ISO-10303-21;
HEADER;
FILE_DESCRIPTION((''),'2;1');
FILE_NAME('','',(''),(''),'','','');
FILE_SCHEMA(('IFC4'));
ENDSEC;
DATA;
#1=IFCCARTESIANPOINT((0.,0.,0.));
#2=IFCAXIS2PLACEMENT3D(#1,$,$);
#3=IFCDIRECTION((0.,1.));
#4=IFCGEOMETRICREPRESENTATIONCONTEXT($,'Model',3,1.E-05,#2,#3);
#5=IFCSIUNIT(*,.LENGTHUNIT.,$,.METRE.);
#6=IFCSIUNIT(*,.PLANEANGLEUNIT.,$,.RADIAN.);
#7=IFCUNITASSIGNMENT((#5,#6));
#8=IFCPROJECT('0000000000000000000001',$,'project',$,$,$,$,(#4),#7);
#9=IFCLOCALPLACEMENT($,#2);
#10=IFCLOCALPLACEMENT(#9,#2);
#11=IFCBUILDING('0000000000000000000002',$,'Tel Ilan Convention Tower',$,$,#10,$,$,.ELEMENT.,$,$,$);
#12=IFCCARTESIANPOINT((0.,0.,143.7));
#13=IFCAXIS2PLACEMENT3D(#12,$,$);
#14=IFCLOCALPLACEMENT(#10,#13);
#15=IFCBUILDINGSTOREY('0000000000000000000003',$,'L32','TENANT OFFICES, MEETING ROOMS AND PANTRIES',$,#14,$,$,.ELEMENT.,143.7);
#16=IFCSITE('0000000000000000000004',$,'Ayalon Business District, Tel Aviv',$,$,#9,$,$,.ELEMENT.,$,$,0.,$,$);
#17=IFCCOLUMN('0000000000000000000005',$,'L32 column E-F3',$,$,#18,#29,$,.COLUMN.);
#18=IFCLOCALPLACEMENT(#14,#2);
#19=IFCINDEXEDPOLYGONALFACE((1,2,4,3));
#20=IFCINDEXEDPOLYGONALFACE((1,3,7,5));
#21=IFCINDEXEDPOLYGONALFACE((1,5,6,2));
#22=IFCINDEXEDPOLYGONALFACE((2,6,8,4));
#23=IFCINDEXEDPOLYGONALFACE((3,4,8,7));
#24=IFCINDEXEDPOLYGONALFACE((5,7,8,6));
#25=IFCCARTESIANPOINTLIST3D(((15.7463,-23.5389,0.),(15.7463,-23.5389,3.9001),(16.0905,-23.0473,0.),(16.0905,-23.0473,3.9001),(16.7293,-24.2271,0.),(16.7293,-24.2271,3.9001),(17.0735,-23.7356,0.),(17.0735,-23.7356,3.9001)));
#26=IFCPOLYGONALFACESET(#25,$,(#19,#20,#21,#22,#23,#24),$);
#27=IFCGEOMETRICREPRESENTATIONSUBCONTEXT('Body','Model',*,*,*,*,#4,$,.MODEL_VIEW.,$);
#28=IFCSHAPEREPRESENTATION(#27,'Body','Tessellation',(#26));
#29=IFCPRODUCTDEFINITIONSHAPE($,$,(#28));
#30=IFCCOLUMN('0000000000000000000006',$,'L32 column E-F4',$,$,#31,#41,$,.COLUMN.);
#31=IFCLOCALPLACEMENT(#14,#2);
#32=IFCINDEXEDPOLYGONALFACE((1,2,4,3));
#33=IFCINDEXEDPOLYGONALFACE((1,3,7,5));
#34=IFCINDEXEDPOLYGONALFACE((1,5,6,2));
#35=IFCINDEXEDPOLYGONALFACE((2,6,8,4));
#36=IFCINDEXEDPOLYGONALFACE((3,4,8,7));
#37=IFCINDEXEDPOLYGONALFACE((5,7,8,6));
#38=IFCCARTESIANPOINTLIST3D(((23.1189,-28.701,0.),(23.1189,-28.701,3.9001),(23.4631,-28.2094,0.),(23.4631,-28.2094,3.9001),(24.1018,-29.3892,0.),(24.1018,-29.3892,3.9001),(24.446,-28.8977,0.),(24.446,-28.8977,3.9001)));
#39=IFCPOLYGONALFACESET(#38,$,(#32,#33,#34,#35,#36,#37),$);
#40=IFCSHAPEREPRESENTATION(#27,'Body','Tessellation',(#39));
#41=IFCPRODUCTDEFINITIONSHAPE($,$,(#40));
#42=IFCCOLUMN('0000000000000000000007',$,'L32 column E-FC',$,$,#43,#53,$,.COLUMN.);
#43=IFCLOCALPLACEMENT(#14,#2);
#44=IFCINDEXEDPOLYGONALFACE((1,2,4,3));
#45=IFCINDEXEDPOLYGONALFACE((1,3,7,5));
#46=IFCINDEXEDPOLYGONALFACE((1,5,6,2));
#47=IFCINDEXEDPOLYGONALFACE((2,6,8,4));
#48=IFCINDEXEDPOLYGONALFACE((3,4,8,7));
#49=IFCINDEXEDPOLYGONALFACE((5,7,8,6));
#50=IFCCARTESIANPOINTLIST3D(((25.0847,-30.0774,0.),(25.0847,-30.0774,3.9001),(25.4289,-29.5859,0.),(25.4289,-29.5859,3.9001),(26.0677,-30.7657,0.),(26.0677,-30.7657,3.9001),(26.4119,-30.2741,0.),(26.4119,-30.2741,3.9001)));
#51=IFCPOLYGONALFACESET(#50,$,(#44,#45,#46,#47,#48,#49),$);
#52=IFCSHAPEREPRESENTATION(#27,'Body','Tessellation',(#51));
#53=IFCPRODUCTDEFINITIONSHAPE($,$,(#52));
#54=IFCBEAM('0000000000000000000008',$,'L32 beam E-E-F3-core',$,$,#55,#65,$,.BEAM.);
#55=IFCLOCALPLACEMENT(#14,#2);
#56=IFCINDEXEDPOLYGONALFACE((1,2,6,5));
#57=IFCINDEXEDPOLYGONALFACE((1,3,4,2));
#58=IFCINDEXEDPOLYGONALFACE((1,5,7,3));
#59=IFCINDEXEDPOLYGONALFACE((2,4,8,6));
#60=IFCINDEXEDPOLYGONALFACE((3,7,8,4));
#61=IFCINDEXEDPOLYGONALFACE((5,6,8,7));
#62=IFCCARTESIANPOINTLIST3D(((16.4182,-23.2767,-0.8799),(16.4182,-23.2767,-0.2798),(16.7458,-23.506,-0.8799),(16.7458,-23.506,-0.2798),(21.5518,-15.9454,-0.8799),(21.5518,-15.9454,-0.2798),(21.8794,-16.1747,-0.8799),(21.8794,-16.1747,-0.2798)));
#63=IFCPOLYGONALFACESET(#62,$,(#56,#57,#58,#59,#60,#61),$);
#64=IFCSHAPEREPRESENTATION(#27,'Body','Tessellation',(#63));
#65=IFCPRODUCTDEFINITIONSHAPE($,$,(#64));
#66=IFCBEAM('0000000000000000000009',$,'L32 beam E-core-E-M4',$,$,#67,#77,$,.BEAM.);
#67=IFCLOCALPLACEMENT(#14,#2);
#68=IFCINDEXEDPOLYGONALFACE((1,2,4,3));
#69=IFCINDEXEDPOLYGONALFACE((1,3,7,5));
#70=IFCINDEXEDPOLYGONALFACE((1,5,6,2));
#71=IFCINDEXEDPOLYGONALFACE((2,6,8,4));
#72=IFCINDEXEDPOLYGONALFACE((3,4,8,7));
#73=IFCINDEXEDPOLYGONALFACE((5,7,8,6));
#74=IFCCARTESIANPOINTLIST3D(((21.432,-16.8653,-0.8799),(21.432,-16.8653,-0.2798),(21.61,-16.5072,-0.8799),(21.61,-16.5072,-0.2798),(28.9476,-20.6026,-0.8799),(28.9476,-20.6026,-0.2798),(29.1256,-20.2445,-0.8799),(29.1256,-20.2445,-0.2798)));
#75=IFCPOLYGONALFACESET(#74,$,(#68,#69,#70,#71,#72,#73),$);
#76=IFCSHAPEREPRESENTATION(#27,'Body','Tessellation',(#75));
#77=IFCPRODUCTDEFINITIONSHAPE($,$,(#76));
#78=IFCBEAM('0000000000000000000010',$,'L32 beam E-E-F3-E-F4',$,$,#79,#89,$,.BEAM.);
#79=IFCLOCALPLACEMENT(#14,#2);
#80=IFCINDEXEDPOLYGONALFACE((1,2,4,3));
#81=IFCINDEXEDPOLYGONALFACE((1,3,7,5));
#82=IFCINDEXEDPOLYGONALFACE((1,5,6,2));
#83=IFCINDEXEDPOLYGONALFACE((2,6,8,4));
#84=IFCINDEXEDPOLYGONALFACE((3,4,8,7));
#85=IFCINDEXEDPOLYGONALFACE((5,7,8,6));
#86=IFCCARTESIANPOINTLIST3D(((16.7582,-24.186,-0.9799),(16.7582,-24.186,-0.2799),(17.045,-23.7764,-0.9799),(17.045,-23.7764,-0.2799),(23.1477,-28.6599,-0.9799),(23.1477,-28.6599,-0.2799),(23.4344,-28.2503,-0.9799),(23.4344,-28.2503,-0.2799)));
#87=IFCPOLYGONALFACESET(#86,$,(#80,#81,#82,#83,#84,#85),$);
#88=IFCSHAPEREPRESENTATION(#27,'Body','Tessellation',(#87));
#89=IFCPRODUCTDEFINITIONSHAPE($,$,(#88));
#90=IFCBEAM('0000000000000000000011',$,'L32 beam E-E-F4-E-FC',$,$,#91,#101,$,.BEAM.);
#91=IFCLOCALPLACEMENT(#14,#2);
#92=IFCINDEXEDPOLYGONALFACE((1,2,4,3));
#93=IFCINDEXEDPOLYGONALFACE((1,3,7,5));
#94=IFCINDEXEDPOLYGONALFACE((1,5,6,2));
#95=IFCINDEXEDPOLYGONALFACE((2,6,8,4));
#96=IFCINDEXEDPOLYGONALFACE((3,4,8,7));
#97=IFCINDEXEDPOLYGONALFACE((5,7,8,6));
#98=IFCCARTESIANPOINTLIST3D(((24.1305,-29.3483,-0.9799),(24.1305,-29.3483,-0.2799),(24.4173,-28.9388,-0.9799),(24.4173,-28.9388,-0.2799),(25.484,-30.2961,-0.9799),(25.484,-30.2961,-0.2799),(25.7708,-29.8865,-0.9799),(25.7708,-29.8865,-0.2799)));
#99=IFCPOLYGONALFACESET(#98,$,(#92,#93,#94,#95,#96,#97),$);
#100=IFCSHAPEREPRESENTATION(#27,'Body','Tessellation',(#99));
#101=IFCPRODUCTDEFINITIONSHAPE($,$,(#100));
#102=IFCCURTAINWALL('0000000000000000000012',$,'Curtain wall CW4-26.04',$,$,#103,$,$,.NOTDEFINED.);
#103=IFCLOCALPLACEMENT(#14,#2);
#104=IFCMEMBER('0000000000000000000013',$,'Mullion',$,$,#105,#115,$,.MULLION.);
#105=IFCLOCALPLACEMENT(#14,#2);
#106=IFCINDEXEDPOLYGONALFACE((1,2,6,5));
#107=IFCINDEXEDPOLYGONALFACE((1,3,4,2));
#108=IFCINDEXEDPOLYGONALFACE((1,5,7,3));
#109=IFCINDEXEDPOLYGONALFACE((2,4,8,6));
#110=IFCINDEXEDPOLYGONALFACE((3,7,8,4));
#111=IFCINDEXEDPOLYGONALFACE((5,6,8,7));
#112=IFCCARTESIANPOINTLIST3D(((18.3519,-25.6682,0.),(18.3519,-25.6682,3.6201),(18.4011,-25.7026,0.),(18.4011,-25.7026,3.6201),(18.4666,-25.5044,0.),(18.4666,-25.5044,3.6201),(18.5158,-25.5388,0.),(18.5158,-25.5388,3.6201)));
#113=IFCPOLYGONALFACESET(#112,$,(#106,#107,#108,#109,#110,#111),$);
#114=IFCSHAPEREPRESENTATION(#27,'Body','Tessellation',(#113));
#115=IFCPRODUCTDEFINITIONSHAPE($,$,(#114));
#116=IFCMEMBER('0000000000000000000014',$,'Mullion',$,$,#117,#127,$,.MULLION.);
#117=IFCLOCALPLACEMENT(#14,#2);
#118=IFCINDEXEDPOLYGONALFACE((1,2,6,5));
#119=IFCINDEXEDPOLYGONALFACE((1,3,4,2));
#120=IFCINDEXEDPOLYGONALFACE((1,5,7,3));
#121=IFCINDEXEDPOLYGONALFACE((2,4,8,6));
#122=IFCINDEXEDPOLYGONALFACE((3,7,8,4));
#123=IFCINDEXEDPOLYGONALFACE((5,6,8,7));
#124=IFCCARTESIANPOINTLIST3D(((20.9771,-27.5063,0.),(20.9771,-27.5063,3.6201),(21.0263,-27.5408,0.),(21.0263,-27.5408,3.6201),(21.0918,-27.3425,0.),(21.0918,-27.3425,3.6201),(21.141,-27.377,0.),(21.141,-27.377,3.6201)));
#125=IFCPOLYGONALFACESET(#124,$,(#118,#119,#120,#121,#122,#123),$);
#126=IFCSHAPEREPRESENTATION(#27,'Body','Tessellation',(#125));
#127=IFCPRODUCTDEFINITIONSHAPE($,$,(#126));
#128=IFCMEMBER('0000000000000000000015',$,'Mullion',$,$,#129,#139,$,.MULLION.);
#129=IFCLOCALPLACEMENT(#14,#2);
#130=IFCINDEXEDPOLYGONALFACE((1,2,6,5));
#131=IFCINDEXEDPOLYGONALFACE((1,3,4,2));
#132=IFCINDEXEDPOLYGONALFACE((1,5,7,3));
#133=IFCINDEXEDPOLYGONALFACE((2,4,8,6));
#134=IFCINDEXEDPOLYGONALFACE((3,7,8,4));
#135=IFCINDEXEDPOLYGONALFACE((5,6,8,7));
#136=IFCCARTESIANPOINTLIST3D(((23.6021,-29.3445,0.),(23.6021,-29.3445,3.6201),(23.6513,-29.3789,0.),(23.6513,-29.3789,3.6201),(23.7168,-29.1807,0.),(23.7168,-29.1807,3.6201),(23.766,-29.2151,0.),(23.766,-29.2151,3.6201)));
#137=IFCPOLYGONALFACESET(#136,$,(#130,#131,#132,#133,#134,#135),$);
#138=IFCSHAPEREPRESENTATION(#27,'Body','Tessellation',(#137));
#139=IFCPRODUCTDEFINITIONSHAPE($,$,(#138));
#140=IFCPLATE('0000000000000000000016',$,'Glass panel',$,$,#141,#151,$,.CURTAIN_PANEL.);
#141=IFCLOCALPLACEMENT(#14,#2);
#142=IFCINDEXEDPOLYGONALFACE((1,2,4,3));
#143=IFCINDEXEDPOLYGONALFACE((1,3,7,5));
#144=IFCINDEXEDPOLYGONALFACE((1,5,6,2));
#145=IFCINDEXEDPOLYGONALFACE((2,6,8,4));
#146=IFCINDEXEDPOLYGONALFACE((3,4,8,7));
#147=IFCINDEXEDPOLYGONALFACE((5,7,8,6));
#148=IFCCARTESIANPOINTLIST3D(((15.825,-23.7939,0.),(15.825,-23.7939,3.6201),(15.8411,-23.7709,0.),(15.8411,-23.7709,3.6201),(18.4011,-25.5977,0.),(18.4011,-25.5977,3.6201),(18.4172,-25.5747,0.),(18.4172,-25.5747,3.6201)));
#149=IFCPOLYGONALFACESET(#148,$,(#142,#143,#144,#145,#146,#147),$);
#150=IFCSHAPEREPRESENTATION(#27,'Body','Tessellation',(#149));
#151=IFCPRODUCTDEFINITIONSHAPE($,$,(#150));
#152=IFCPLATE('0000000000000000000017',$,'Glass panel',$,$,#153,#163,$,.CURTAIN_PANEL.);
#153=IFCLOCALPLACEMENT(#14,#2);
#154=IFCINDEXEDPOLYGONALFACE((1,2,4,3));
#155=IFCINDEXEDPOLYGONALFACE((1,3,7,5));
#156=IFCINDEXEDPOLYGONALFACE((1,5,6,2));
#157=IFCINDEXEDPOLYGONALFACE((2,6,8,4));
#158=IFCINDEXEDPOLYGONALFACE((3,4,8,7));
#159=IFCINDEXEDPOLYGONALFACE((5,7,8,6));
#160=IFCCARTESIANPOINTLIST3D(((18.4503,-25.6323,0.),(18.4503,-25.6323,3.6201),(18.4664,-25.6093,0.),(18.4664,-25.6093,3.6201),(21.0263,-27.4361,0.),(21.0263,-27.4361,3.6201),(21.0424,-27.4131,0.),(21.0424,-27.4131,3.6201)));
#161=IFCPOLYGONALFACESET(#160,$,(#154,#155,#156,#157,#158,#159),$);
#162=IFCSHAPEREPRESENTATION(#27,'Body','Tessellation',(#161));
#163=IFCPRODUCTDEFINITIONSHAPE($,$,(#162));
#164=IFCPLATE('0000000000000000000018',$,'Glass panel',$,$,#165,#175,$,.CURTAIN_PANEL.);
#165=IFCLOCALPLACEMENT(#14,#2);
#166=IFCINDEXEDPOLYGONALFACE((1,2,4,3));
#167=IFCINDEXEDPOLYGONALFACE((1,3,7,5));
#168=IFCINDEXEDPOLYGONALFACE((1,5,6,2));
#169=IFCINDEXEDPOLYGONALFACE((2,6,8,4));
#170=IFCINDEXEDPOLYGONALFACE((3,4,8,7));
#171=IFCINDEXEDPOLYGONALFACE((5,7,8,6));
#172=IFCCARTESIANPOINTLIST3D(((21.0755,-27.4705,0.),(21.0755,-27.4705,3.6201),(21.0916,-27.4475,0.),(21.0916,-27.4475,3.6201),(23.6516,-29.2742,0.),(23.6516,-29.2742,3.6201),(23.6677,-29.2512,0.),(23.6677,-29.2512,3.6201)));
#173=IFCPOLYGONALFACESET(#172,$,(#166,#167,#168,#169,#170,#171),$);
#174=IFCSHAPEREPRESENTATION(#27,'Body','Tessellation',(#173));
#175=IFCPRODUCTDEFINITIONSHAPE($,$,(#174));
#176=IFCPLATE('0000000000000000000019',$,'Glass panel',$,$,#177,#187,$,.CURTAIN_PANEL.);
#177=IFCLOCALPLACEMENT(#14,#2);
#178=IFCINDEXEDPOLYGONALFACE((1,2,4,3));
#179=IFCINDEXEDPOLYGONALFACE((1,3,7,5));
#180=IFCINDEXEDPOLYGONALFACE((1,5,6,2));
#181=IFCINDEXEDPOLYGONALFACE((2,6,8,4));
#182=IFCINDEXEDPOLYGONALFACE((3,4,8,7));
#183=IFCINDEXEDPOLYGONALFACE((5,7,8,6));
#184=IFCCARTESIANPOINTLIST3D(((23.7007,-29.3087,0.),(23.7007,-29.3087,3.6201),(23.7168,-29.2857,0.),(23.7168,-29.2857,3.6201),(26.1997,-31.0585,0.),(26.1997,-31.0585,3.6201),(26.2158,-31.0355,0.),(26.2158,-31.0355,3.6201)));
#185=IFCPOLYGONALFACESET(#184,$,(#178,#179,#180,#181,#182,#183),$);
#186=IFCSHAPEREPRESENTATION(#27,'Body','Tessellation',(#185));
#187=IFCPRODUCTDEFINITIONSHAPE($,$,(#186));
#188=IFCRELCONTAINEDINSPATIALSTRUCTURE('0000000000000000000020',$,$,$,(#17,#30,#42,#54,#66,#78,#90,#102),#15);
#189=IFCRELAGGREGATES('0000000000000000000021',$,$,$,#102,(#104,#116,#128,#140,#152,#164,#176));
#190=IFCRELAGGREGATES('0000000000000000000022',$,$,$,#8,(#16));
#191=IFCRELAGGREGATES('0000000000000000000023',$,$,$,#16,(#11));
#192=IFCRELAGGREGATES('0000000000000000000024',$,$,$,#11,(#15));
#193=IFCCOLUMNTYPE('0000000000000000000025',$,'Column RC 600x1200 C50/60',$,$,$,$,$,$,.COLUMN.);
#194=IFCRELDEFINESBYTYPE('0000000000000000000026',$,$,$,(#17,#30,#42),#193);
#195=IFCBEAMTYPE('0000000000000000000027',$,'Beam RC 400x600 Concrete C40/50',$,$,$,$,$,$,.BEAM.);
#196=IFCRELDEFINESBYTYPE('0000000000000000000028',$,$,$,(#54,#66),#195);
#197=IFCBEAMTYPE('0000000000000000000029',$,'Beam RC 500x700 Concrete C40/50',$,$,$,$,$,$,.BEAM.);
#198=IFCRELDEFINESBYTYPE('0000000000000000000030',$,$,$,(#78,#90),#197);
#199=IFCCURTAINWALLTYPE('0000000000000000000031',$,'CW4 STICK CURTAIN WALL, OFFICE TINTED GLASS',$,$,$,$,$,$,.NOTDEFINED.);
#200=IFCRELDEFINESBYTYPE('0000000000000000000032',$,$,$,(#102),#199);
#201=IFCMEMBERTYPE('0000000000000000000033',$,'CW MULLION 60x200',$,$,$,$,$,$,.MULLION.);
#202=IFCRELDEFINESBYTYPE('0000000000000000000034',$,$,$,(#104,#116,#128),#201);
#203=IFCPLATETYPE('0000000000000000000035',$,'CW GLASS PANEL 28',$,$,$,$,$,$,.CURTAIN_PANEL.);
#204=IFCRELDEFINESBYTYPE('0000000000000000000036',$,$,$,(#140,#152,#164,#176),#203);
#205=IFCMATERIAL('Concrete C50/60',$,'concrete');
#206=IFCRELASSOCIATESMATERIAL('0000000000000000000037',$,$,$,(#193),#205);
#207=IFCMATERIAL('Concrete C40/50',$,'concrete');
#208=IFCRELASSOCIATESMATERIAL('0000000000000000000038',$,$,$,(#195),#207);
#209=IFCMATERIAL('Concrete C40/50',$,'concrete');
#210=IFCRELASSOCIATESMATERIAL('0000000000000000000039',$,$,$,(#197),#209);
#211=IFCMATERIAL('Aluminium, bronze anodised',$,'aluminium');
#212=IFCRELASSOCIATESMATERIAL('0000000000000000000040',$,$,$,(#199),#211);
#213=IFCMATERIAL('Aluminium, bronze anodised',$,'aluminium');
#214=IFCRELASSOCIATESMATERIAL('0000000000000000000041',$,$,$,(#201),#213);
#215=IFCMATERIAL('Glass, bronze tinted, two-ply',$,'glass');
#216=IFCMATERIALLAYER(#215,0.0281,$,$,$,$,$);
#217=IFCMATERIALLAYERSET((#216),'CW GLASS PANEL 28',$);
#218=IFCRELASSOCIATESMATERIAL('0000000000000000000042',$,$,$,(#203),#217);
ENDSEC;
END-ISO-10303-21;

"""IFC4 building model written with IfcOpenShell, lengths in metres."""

from ifc_helpers import new_model, si_unit, direction, frame, origin, origin_2d, place, context, subcontext, project, spatial, rectangle, extrude, material, layer, layer_set, material_profile, profile_set, type_object, element, aggregate, save


model = new_model("IFC4")

# Units and contexts
model_context = context("Model", 3, precision=1e-05, world=origin(), true_north=direction((0.0, 1.0)))
body_context = subcontext(model_context, "Body", "Model", "MODEL_VIEW")
ifc_project = project(units=[si_unit("LENGTHUNIT", "METRE"), si_unit("PLANEANGLEUNIT", "RADIAN")], contexts=[model_context])

# Site, building, storey
site_placement = place(None, origin())
site = spatial("IfcSite", under=ifc_project, at=site_placement, Name="Ayalon Business District, Tel Aviv", CompositionType="ELEMENT", RefElevation=0.0)
building_placement = place(site_placement, origin())
building = spatial("IfcBuilding", under=site, at=building_placement, Name="Tel Ilan Convention Tower", CompositionType="ELEMENT")
storey_placement = place(building_placement, frame((0.0, 0.0, 143.7)))
storey = spatial("IfcBuildingStorey", under=building, at=storey_placement, Name="L32", Description="TENANT OFFICES, MEETING ROOMS AND PANTRIES", CompositionType="ELEMENT", Elevation=143.7)

# Columns
ifc_material_1 = material(Name="Concrete C50/60", Category="concrete")
ifc_material_profile_1 = material_profile(ifc_material_1, rectangle(XDim=1.2, YDim=0.6001, at=origin_2d()), Name="RC 600x1200")
ifc_profile_set_1 = profile_set([ifc_material_profile_1], Name="Concrete C50/60")
column_type = type_object("IfcColumnType", Name="Column RC 600x1200 C50/60", PredefinedType="COLUMN", material=ifc_profile_set_1)
for number, where, z_axis, x_axis, name in (
    (1, (16.4099, -23.6372, 0.0), (0.0, 0.0, 1.0), (0.819152, -0.573576, 0.0), "L32 column E-F3"),
    (2, (23.7825, -28.7993, 0.0), (0.0, 0.0, 1.0), (0.819152, -0.573576, 0.0), "L32 column E-F4"),
    (3, (25.7483, -30.1758, 0.0), (0.0, 0.0, 1.0), (0.819152, -0.573576, 0.0), "L32 column E-FC"),
):
    element("IfcColumn", number, at=place(storey_placement, frame(where, z_axis=z_axis, x_axis=x_axis)), inside=storey, type_object=column_type, Name=name, PredefinedType="COLUMN", context=body_context, shape_type="SweptSolid", body=[
        extrude(rectangle(XDim=1.2, YDim=0.6001, at=origin_2d()), origin(), (0.0, 0.0, 1.0), 3.9001),
    ])

# Beams
ifc_material_2 = material(Name="Concrete C40/50", Category="concrete")
ifc_material_profile_2 = material_profile(ifc_material_2, rectangle(XDim=0.3999, YDim=0.6001, at=origin_2d()), Name="RC 400x600")
ifc_profile_set_2 = profile_set([ifc_material_profile_2], Name="Concrete C40/50")
beam_type_1 = type_object("IfcBeamType", Name="Beam RC 400x600 Concrete C40/50", PredefinedType="BEAM", material=ifc_profile_set_2)
beam_1_placement = place(storey_placement, frame((16.582, -23.3914, -0.5798), z_axis=(0.573585, 0.819146, 0.0), x_axis=(-0.819146, 0.573585, 0.0)))
element("IfcBeam", 4, at=beam_1_placement, inside=storey, type_object=beam_type_1, Name="L32 beam E-E-F3-core", PredefinedType="BEAM", context=body_context, shape_type="SweptSolid", body=[
    extrude(rectangle(XDim=0.3999, YDim=0.6001, at=origin_2d()), origin(), (0.0, 0.0, 1.0), 8.95),
])
beam_2_placement = place(storey_placement, frame((21.521, -16.6863, -0.5798), z_axis=(0.895402, -0.445258, 0.0), x_axis=(0.445258, 0.895402, 0.0)))
element("IfcBeam", 5, at=beam_2_placement, inside=storey, type_object=beam_type_1, Name="L32 beam E-core-E-M4", PredefinedType="BEAM", context=body_context, shape_type="SweptSolid", body=[
    extrude(rectangle(XDim=0.3999, YDim=0.6001, at=origin_2d()), origin(), (0.0, 0.0, 1.0), 8.3936),
])
ifc_material_3 = material(Name="Concrete C40/50", Category="concrete")
ifc_material_profile_3 = material_profile(ifc_material_3, rectangle(XDim=0.5, YDim=0.7, at=origin_2d()), Name="RC 500x700")
ifc_profile_set_3 = profile_set([ifc_material_profile_3], Name="Concrete C40/50")
beam_type_2 = type_object("IfcBeamType", Name="Beam RC 500x700 Concrete C40/50", PredefinedType="BEAM", material=ifc_profile_set_3)
beam_3_placement = place(storey_placement, frame((16.9016, -23.9812, -0.6299), z_axis=(0.819154, -0.573574, 0.0), x_axis=(0.573574, 0.819154, 0.0)))
element("IfcBeam", 6, at=beam_3_placement, inside=storey, type_object=beam_type_2, Name="L32 beam E-E-F3-E-F4", PredefinedType="BEAM", context=body_context, shape_type="SweptSolid", body=[
    extrude(rectangle(XDim=0.5, YDim=0.7, at=origin_2d()), origin(), (0.0, 0.0, 1.0), 7.8),
])
beam_4_placement = place(storey_placement, frame((24.2739, -29.1436, -0.6299), z_axis=(0.819149, -0.573581, 0.0), x_axis=(0.573581, 0.819149, 0.0)))
element("IfcBeam", 7, at=beam_4_placement, inside=storey, type_object=beam_type_2, Name="L32 beam E-E-F4-E-FC", PredefinedType="BEAM", context=body_context, shape_type="SweptSolid", body=[
    extrude(rectangle(XDim=0.5, YDim=0.7, at=origin_2d()), origin(), (0.0, 0.0, 1.0), 1.6523),
])

# Curtain wall, members, plates
ifc_material_4 = material(Name="Aluminium, bronze anodised", Category="aluminium")
curtain_wall_type = type_object("IfcCurtainWallType", Name="CW4 STICK CURTAIN WALL, OFFICE TINTED GLASS", PredefinedType="NOTDEFINED", material=ifc_material_4)
curtain_wall_placement = place(storey_placement, origin())
curtain_wall = element("IfcCurtainWall", 8, at=curtain_wall_placement, inside=storey, type_object=curtain_wall_type, Name="Curtain wall CW4-26.04", PredefinedType="NOTDEFINED")
ifc_material_5 = material(Name="Aluminium, bronze anodised", Category="aluminium")
ifc_material_profile_4 = material_profile(ifc_material_5, rectangle(XDim=0.0601, YDim=0.2, at=origin_2d()), Name="CW MULLION 60x200")
ifc_profile_set_4 = profile_set([ifc_material_profile_4], Name="Aluminium, bronze anodised")
member_type = type_object("IfcMemberType", Name="CW MULLION 60x200", PredefinedType="MULLION", material=ifc_profile_set_4)
member_1_placement = place(storey_placement, frame((18.4338, -25.6035, 0.0), z_axis=(0.0, 0.0, 1.0), x_axis=(0.819152, -0.573576, 0.0)))
member_1 = element("IfcMember", 9, at=member_1_placement, type_object=member_type, Name="Mullion", PredefinedType="MULLION", context=body_context, shape_type="SweptSolid", body=[
    extrude(rectangle(XDim=0.0601, YDim=0.2, at=origin_2d()), origin(), (0.0, 0.0, 1.0), 3.6201),
])
member_2_placement = place(storey_placement, frame((21.0591, -27.4417, 0.0), z_axis=(0.0, 0.0, 1.0), x_axis=(0.819152, -0.573576, 0.0)))
member_2 = element("IfcMember", 10, at=member_2_placement, type_object=member_type, Name="Mullion", PredefinedType="MULLION", context=body_context, shape_type="SweptSolid", body=[
    extrude(rectangle(XDim=0.0601, YDim=0.2, at=origin_2d()), origin(), (0.0, 0.0, 1.0), 3.6201),
])
member_3_placement = place(storey_placement, frame((23.6841, -29.2798, 0.0), z_axis=(0.0, 0.0, 1.0), x_axis=(0.819152, -0.573576, 0.0)))
member_3 = element("IfcMember", 11, at=member_3_placement, type_object=member_type, Name="Mullion", PredefinedType="MULLION", context=body_context, shape_type="SweptSolid", body=[
    extrude(rectangle(XDim=0.0601, YDim=0.2, at=origin_2d()), origin(), (0.0, 0.0, 1.0), 3.6201),
])
ifc_material_6 = material(Name="Glass, bronze tinted, two-ply", Category="glass")
ifc_layer_1 = layer(ifc_material_6, 0.0281)
ifc_layer_set_1 = layer_set([ifc_layer_1], Name="CW GLASS PANEL 28")
plate_type = type_object("IfcPlateType", Name="CW GLASS PANEL 28", PredefinedType="CURTAIN_PANEL", material=ifc_layer_set_1)
plate_1_placement = place(storey_placement, frame((17.1211, -24.6843, 0.0), z_axis=(0.0, 0.0, 1.0), x_axis=(0.819152, -0.573576, 0.0)))
plate_1 = element("IfcPlate", 12, at=plate_1_placement, type_object=plate_type, Name="Glass panel", PredefinedType="CURTAIN_PANEL", context=body_context, shape_type="SweptSolid", body=[
    extrude(rectangle(XDim=3.1448, YDim=0.0281, at=origin_2d()), origin(), (0.0, 0.0, 1.0), 3.6201),
])
plate_2_placement = place(storey_placement, frame((19.7463, -26.5227, 0.0), z_axis=(0.0, 0.0, 1.0), x_axis=(0.819152, -0.573576, 0.0)))
plate_2 = element("IfcPlate", 13, at=plate_2_placement, type_object=plate_type, Name="Glass panel", PredefinedType="CURTAIN_PANEL", context=body_context, shape_type="SweptSolid", body=[
    extrude(rectangle(XDim=3.1448, YDim=0.0281, at=origin_2d()), origin(), (0.0, 0.0, 1.0), 3.6201),
])
plate_3_placement = place(storey_placement, frame((22.3716, -28.3608, 0.0), z_axis=(0.0, 0.0, 1.0), x_axis=(0.819152, -0.573576, 0.0)))
plate_3 = element("IfcPlate", 14, at=plate_3_placement, type_object=plate_type, Name="Glass panel", PredefinedType="CURTAIN_PANEL", context=body_context, shape_type="SweptSolid", body=[
    extrude(rectangle(XDim=3.1448, YDim=0.0281, at=origin_2d()), origin(), (0.0, 0.0, 1.0), 3.6201),
])
plate_4_placement = place(storey_placement, frame((24.9583, -30.1721, 0.0), z_axis=(0.0, 0.0, 1.0), x_axis=(0.819152, -0.573576, 0.0)))
plate_4 = element("IfcPlate", 15, at=plate_4_placement, type_object=plate_type, Name="Glass panel", PredefinedType="CURTAIN_PANEL", context=body_context, shape_type="SweptSolid", body=[
    extrude(rectangle(XDim=3.0508, YDim=0.0281, at=origin_2d()), origin(), (0.0, 0.0, 1.0), 3.6201),
])
aggregate(curtain_wall, [member_1, member_2, member_3, plate_1, plate_2, plate_3, plate_4])

save(model, "model.ifc")
